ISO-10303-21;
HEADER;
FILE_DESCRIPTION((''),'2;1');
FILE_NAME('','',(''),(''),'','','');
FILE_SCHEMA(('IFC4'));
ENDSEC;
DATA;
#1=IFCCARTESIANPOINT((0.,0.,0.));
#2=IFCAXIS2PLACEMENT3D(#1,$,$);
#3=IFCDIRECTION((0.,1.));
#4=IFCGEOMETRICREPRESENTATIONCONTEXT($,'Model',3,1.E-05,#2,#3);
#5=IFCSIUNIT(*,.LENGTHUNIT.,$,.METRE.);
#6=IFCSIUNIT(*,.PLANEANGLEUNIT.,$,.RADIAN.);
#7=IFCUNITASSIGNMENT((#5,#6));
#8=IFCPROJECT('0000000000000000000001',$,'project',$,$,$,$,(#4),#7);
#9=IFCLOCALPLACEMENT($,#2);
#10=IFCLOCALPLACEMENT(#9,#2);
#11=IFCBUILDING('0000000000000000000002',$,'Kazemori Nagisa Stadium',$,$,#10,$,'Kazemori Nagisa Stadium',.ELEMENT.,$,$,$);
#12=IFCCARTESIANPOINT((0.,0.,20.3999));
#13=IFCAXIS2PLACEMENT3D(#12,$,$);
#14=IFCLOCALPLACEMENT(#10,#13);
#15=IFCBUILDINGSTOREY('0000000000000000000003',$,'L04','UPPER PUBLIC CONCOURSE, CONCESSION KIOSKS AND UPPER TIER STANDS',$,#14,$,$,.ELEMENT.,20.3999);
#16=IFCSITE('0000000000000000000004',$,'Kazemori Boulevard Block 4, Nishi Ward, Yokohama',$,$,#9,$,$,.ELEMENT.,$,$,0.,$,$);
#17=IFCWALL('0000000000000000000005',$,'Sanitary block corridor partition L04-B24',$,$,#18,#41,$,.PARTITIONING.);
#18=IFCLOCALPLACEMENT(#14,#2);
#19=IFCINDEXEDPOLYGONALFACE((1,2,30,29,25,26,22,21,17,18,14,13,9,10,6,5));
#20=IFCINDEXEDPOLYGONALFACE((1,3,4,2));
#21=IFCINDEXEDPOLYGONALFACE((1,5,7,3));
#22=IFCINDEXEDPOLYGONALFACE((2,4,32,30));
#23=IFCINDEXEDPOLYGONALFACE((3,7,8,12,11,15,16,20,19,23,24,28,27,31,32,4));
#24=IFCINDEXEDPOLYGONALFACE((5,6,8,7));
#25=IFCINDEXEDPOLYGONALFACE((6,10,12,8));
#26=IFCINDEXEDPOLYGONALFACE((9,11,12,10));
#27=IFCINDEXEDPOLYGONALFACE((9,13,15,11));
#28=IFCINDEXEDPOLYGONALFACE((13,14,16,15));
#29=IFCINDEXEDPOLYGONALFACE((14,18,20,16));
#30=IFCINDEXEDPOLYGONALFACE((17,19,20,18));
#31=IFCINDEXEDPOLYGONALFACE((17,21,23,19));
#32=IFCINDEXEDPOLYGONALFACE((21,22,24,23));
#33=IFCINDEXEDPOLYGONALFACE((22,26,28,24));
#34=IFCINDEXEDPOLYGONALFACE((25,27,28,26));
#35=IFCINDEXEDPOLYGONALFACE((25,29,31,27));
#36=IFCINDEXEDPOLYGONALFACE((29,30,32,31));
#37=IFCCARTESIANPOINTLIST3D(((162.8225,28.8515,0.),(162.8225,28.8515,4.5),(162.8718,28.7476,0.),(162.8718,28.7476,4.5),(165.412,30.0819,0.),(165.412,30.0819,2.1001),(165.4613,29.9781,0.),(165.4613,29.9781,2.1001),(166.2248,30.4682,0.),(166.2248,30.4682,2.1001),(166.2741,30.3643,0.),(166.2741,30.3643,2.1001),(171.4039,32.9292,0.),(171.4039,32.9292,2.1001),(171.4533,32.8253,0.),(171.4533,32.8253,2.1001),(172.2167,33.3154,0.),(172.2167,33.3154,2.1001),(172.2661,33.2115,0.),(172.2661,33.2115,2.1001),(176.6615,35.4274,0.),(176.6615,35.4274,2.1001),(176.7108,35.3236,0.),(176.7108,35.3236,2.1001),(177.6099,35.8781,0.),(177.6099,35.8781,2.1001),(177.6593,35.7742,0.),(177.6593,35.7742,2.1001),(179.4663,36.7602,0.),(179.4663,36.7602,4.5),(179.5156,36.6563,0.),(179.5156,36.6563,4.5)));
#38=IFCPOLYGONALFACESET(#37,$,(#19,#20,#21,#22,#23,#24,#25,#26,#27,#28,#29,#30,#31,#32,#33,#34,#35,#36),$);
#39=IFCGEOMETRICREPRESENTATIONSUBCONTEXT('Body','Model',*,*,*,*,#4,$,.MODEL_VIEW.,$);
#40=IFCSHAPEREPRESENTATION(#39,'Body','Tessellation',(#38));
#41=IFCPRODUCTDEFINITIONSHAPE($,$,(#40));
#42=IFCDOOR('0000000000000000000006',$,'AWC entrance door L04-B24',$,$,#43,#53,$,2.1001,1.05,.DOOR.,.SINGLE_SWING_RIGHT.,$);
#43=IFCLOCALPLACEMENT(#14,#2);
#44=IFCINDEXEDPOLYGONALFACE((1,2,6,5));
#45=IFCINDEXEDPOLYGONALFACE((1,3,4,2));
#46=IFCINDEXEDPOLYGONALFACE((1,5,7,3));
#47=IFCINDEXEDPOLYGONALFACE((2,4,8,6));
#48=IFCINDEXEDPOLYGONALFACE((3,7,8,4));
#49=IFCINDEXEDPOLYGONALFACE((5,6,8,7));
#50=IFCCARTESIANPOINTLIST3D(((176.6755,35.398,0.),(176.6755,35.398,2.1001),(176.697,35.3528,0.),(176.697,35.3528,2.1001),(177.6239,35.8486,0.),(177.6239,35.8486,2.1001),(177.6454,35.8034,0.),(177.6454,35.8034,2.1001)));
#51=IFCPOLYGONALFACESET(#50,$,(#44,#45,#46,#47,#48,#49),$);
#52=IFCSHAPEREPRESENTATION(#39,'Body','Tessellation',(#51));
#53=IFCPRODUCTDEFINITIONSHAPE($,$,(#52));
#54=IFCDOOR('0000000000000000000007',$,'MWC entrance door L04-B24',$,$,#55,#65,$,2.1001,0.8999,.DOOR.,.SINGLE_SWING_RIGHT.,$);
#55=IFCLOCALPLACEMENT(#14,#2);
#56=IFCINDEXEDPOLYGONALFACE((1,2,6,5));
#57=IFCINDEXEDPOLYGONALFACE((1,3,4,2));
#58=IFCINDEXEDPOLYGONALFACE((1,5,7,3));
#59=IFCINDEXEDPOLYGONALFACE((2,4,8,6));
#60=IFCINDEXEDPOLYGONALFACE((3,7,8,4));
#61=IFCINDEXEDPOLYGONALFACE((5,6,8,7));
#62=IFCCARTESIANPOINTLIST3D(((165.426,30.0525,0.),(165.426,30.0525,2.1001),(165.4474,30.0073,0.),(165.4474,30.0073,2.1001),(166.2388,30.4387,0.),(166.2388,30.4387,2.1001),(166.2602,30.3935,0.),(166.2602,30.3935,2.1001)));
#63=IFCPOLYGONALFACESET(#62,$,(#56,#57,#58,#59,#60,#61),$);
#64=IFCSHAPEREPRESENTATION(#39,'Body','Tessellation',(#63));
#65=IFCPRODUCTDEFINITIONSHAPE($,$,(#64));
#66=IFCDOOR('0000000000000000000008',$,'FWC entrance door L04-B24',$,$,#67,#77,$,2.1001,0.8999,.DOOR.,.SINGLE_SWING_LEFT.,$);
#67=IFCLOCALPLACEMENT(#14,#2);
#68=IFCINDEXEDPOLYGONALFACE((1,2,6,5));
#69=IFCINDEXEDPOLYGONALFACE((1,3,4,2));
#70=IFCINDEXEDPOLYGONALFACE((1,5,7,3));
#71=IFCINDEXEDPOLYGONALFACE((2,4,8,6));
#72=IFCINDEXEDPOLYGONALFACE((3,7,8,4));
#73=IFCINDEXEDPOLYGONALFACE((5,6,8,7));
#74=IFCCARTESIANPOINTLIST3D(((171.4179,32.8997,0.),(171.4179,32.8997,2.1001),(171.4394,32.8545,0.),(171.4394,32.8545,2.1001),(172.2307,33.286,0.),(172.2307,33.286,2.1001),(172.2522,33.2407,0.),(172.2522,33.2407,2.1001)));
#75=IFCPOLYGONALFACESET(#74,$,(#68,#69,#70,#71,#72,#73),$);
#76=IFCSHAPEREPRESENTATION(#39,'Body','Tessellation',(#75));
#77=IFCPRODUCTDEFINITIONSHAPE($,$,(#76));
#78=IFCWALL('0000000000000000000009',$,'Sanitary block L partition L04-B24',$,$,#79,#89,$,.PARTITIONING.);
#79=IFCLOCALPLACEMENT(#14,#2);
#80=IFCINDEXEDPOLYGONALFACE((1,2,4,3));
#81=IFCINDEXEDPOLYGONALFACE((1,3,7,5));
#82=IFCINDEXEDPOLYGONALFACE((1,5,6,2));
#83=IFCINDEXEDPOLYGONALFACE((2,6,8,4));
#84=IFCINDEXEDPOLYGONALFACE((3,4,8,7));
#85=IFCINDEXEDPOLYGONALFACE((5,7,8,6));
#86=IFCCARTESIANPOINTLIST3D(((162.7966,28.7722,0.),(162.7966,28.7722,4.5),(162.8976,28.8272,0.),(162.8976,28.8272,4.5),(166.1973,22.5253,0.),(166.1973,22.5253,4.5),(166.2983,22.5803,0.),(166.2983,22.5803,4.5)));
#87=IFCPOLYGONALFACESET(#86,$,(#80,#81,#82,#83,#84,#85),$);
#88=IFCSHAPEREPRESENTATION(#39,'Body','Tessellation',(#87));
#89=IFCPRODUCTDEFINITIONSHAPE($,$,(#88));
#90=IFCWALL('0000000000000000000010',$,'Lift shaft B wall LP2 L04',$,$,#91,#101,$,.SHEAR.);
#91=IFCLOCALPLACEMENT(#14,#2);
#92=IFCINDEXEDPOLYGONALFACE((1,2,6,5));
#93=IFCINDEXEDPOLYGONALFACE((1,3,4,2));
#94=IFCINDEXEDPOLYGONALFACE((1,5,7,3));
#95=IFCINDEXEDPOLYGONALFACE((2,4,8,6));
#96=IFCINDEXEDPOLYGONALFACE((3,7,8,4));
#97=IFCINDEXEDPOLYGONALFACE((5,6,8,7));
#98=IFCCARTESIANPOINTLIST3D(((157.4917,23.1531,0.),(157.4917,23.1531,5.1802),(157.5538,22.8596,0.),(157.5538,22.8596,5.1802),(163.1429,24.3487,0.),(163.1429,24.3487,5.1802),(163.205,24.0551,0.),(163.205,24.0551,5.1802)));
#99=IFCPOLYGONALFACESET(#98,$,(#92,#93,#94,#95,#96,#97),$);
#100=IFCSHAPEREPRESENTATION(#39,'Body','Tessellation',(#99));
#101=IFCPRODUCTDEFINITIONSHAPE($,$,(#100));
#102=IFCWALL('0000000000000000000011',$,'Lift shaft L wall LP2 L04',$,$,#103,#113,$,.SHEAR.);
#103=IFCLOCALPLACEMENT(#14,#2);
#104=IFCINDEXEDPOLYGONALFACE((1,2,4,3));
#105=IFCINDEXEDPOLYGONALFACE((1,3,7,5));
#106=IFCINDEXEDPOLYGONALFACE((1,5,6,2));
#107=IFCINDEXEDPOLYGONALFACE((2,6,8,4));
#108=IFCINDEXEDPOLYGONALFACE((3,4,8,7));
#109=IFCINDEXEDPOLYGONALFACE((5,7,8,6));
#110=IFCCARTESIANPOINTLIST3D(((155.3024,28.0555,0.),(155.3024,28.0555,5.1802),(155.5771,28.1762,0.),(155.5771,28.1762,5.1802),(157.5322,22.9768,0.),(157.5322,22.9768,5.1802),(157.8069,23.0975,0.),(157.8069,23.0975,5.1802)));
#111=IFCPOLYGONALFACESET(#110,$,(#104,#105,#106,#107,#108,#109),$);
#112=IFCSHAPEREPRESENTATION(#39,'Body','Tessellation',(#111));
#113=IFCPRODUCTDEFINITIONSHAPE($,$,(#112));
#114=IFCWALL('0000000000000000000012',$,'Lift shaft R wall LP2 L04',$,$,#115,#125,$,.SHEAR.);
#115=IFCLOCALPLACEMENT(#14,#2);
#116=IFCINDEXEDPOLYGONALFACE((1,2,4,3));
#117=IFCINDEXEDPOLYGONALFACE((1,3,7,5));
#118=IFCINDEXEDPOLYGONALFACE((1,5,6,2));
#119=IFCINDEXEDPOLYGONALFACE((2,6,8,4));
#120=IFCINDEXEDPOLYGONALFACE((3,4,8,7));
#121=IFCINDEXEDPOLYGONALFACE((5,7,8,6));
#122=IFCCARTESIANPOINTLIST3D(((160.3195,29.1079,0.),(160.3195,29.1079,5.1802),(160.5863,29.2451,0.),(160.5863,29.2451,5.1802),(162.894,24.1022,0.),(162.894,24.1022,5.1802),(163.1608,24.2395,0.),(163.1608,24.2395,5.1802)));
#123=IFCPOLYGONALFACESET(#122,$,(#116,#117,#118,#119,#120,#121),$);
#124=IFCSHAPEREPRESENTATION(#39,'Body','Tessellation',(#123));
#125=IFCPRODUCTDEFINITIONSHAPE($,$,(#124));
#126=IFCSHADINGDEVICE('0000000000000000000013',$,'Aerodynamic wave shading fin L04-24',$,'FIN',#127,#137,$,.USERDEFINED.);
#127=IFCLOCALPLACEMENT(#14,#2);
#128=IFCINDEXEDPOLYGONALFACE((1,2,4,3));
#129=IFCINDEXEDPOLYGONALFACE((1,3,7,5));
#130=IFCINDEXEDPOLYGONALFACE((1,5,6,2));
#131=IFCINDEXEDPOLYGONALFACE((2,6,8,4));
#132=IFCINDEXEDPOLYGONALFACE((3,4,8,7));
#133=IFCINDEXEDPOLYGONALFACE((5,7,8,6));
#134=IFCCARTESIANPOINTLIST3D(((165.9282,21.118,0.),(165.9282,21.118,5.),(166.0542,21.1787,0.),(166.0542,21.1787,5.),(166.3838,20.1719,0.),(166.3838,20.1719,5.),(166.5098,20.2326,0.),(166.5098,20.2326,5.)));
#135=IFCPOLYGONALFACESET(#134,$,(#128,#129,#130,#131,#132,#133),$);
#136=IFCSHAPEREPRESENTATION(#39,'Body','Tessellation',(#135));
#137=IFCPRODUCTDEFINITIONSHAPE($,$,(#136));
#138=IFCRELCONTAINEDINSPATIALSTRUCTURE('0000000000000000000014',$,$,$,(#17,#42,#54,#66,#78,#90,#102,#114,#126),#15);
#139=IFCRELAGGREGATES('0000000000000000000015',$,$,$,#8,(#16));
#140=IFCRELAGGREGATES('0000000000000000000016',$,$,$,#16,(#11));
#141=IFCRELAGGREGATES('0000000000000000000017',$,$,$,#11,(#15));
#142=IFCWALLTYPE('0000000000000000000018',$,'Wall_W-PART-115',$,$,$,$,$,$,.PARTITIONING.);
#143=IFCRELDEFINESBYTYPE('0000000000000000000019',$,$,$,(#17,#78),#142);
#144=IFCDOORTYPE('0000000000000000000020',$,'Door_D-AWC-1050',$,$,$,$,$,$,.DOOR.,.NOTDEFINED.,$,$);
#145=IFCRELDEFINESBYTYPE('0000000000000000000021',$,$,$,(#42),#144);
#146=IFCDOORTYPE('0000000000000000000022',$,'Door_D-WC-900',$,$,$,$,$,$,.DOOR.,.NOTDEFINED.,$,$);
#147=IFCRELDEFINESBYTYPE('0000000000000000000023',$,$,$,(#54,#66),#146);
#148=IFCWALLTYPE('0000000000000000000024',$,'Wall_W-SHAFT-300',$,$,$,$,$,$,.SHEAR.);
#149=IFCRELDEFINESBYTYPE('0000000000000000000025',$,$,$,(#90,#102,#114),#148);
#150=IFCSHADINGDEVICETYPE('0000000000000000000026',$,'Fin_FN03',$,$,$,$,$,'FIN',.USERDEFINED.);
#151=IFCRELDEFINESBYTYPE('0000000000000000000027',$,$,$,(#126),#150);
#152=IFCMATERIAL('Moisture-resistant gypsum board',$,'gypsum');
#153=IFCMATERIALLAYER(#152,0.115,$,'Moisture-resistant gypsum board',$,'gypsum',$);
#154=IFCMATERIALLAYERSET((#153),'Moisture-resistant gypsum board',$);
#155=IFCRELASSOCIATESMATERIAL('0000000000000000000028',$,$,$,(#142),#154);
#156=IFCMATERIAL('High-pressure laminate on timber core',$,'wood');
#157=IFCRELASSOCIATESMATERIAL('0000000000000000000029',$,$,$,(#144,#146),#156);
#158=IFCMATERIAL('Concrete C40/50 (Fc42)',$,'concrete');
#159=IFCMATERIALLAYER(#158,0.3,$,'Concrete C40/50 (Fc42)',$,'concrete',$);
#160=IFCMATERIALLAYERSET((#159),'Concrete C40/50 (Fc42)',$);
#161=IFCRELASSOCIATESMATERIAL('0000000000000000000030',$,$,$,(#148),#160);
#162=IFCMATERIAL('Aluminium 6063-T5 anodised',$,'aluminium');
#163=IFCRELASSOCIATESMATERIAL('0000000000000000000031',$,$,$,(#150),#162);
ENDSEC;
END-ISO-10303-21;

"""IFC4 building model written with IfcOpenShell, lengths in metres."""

from ifc_helpers import new_model, si_unit, direction, frame, frame_2d, origin, origin_2d, place, context, subcontext, project, spatial, rectangle, extrude, material, layer, layer_set, type_object, element, fill, save


model = new_model("IFC4")

# Units and contexts
model_context = context("Model", 3, precision=1e-05, world=origin(), true_north=direction((0.0, 1.0)))
body_context = subcontext(model_context, "Body", "Model", "MODEL_VIEW")
ifc_project = project(units=[si_unit("LENGTHUNIT", "METRE"), si_unit("PLANEANGLEUNIT", "RADIAN")], contexts=[model_context])

# Site, building, storey
site_placement = place(None, origin())
site = spatial("IfcSite", under=ifc_project, at=site_placement, Name="Kazemori Boulevard Block 4, Nishi Ward, Yokohama", CompositionType="ELEMENT", RefElevation=0.0)
building_placement = place(site_placement, origin())
building = spatial("IfcBuilding", under=site, at=building_placement, Name="Kazemori Nagisa Stadium", LongName="Kazemori Nagisa Stadium", CompositionType="ELEMENT")
storey_placement = place(building_placement, frame((0.0, 0.0, 20.3999)))
storey = spatial("IfcBuildingStorey", under=building, at=storey_placement, Name="L04", Description="UPPER PUBLIC CONCOURSE, CONCESSION KIOSKS AND UPPER TIER STANDS", CompositionType="ELEMENT", Elevation=20.3999)

# Shared definitions
ifc_material_1 = material(Name="Aluminium 6063-T5 anodised", Category="aluminium")

# Wall, openings, doors
ifc_material_2 = material(Name="Moisture-resistant gypsum board", Category="gypsum")
ifc_layer_1 = layer(ifc_material_2, 0.115, Name="Moisture-resistant gypsum board", Category="gypsum")
ifc_layer_set_1 = layer_set([ifc_layer_1], Name="Moisture-resistant gypsum board")
wall_type_1 = type_object("IfcWallType", Name="Wall_W-PART-115", PredefinedType="PARTITIONING", material=ifc_layer_set_1)
wall_1_placement = place(storey_placement, frame((162.8472, 28.7996, 0.0), z_axis=(0.0, 0.0, 1.0), x_axis=(0.903217, 0.429185, 0.0)))
wall_1 = element("IfcWall", 1, at=wall_1_placement, inside=storey, type_object=wall_type_1, Name="Sanitary block corridor partition L04-B24", PredefinedType="PARTITIONING", context=body_context, shape_type="SweptSolid", body=[
    extrude(rectangle(XDim=18.4272, YDim=0.115, at=frame_2d((9.2136, 0.0))), origin(), (0.0, 0.0, 1.0), 4.5),
])
opening_1_placement = place(wall_1_placement, frame((2.8669, 0.0, 0.0)))
opening_1 = element("IfcOpeningElement", 2, at=opening_1_placement, cuts=wall_1, PredefinedType="OPENING", context=body_context, shape_type="SweptSolid", body=[
    extrude(rectangle(XDim=0.8999, YDim=2.1001, at=frame_2d((0.45, 1.05))), frame((0.0, 0.0674, 0.0), z_axis=(0.0, -1.0, 0.0), x_axis=(1.0, 0.0, 0.0)), (0.0, 0.0, 1.0), 0.135),
])
opening_2_placement = place(wall_1_placement, frame((9.501, 0.0, 0.0)))
opening_2 = element("IfcOpeningElement", 3, at=opening_2_placement, cuts=wall_1, PredefinedType="OPENING", context=body_context, shape_type="SweptSolid", body=[
    extrude(rectangle(XDim=0.8999, YDim=2.1001, at=frame_2d((0.45, 1.05))), frame((0.0, 0.0674, 0.0), z_axis=(0.0, -1.0, 0.0), x_axis=(1.0, 0.0, 0.0)), (0.0, 0.0, 1.0), 0.135),
])
opening_3_placement = place(wall_1_placement, frame((15.322, 0.0, 0.0)))
opening_3 = element("IfcOpeningElement", 4, at=opening_3_placement, cuts=wall_1, PredefinedType="OPENING", context=body_context, shape_type="SweptSolid", body=[
    extrude(rectangle(XDim=1.05, YDim=2.1001, at=frame_2d((0.5249, 1.05))), frame((0.0, 0.0674, 0.0), z_axis=(0.0, -1.0, 0.0), x_axis=(1.0, 0.0, 0.0)), (0.0, 0.0, 1.0), 0.135),
])
ifc_material_3 = material(Name="High-pressure laminate on timber core", Category="wood")
door_type_1 = type_object("IfcDoorType", Name="Door_D-AWC-1050", OperationType="NOTDEFINED", PredefinedType="DOOR", material=ifc_material_3)
door_1_placement = place(opening_3_placement, origin())
door_1 = element("IfcDoor", 5, at=door_1_placement, inside=storey, type_object=door_type_1, Name="AWC entrance door L04-B24", OperationType="SINGLE_SWING_RIGHT", OverallHeight=2.1001, OverallWidth=1.05, PredefinedType="DOOR", context=body_context, shape_type="SweptSolid", body=[
    extrude(rectangle(XDim=1.05, YDim=2.1001, at=frame_2d((0.5249, 1.05))), frame((0.0, 0.0249, 0.0), z_axis=(0.0, -1.0, 0.0), x_axis=(1.0, 0.0, 0.0)), (0.0, 0.0, 1.0), 0.05),
])
fill(opening_3, door_1)
door_type_2 = type_object("IfcDoorType", Name="Door_D-WC-900", OperationType="NOTDEFINED", PredefinedType="DOOR", material=ifc_material_3)
door_2_placement = place(opening_1_placement, origin())
door_2 = element("IfcDoor", 6, at=door_2_placement, inside=storey, type_object=door_type_2, Name="MWC entrance door L04-B24", OperationType="SINGLE_SWING_RIGHT", OverallHeight=2.1001, OverallWidth=0.8999, PredefinedType="DOOR", context=body_context, shape_type="SweptSolid", body=[
    extrude(rectangle(XDim=0.8999, YDim=2.1001, at=frame_2d((0.45, 1.05))), frame((0.0, 0.0249, 0.0), z_axis=(0.0, -1.0, 0.0), x_axis=(1.0, 0.0, 0.0)), (0.0, 0.0, 1.0), 0.05),
])
fill(opening_1, door_2)
door_3_placement = place(opening_2_placement, origin())
door_3 = element("IfcDoor", 7, at=door_3_placement, inside=storey, type_object=door_type_2, Name="FWC entrance door L04-B24", OperationType="SINGLE_SWING_LEFT", OverallHeight=2.1001, OverallWidth=0.8999, PredefinedType="DOOR", context=body_context, shape_type="SweptSolid", body=[
    extrude(rectangle(XDim=0.8999, YDim=2.1001, at=frame_2d((0.45, 1.05))), frame((0.0, 0.0249, 0.0), z_axis=(0.0, -1.0, 0.0), x_axis=(1.0, 0.0, 0.0)), (0.0, 0.0, 1.0), 0.05),
])
fill(opening_2, door_3)

# Walls
wall_2_placement = place(storey_placement, frame((162.8472, 28.7996, 0.0), z_axis=(0.0, 0.0, 1.0), x_axis=(0.478123, -0.878293, 0.0)))
element("IfcWall", 8, at=wall_2_placement, inside=storey, type_object=wall_type_1, Name="Sanitary block L partition L04-B24", PredefinedType="PARTITIONING", context=body_context, shape_type="SweptSolid", body=[
    extrude(rectangle(XDim=7.1125, YDim=0.115, at=frame_2d((3.5562, 0.0))), origin(), (0.0, 0.0, 1.0), 4.5),
])
ifc_material_4 = material(Name="Concrete C40/50 (Fc42)", Category="concrete")
ifc_layer_2 = layer(ifc_material_4, 0.3, Name="Concrete C40/50 (Fc42)", Category="concrete")
ifc_layer_set_2 = layer_set([ifc_layer_2], Name="Concrete C40/50 (Fc42)")
wall_type_2 = type_object("IfcWallType", Name="Wall_W-SHAFT-300", PredefinedType="SHEAR", material=ifc_layer_set_2)
wall_3_placement = place(storey_placement, frame((157.5227, 23.0063, 0.0), z_axis=(0.0, 0.0, 1.0), x_axis=(0.978347, 0.206971, 0.0)))
element("IfcWall", 9, at=wall_3_placement, inside=storey, type_object=wall_type_2, Name="Lift shaft B wall LP2 L04", PredefinedType="SHEAR", context=body_context, shape_type="SweptSolid", body=[
    extrude(rectangle(XDim=5.7764, YDim=0.3, at=frame_2d((2.8882, 0.0))), origin(), (0.0, 0.0, 1.0), 5.1802),
])
wall_4_placement = place(storey_placement, frame((155.4397, 28.116, 0.0), z_axis=(0.0, 0.0, 1.0), x_axis=(0.402005, -0.915637, 0.0)))
element("IfcWall", 10, at=wall_4_placement, inside=storey, type_object=wall_type_2, Name="Lift shaft L wall LP2 L04", PredefinedType="SHEAR", context=body_context, shape_type="SweptSolid", body=[
    extrude(rectangle(XDim=5.5466, YDim=0.3, at=frame_2d((2.7734, 0.0))), origin(), (0.0, 0.0, 1.0), 5.1802),
])
wall_5_placement = place(storey_placement, frame((160.4529, 29.1765, 0.0), z_axis=(0.0, 0.0, 1.0), x_axis=(0.457369, -0.889277, 0.0)))
element("IfcWall", 11, at=wall_5_placement, inside=storey, type_object=wall_type_2, Name="Lift shaft R wall LP2 L04", PredefinedType="SHEAR", context=body_context, shape_type="SweptSolid", body=[
    extrude(rectangle(XDim=5.6289, YDim=0.3, at=frame_2d((2.8145, 0.0))), origin(), (0.0, 0.0, 1.0), 5.1802),
])

# Shading device
shading_device_type = type_object("IfcShadingDeviceType", Name="Fin_FN03", ElementType="FIN", PredefinedType="USERDEFINED", material=ifc_material_1)
shading_device_placement = place(storey_placement, frame((166.219, 20.6753, 0.0), z_axis=(0.0, 0.0, 1.0), x_axis=(0.433884, -0.900969, 0.0)))
element("IfcShadingDevice", 12, at=shading_device_placement, inside=storey, type_object=shading_device_type, Name="Aerodynamic wave shading fin L04-24", ObjectType="FIN", PredefinedType="USERDEFINED", context=body_context, shape_type="SweptSolid", body=[
    extrude(rectangle(XDim=1.05, YDim=0.1399, at=origin_2d()), origin(), (0.0, 0.0, 1.0), 5.0),
])

save(model, "model.ifc")
